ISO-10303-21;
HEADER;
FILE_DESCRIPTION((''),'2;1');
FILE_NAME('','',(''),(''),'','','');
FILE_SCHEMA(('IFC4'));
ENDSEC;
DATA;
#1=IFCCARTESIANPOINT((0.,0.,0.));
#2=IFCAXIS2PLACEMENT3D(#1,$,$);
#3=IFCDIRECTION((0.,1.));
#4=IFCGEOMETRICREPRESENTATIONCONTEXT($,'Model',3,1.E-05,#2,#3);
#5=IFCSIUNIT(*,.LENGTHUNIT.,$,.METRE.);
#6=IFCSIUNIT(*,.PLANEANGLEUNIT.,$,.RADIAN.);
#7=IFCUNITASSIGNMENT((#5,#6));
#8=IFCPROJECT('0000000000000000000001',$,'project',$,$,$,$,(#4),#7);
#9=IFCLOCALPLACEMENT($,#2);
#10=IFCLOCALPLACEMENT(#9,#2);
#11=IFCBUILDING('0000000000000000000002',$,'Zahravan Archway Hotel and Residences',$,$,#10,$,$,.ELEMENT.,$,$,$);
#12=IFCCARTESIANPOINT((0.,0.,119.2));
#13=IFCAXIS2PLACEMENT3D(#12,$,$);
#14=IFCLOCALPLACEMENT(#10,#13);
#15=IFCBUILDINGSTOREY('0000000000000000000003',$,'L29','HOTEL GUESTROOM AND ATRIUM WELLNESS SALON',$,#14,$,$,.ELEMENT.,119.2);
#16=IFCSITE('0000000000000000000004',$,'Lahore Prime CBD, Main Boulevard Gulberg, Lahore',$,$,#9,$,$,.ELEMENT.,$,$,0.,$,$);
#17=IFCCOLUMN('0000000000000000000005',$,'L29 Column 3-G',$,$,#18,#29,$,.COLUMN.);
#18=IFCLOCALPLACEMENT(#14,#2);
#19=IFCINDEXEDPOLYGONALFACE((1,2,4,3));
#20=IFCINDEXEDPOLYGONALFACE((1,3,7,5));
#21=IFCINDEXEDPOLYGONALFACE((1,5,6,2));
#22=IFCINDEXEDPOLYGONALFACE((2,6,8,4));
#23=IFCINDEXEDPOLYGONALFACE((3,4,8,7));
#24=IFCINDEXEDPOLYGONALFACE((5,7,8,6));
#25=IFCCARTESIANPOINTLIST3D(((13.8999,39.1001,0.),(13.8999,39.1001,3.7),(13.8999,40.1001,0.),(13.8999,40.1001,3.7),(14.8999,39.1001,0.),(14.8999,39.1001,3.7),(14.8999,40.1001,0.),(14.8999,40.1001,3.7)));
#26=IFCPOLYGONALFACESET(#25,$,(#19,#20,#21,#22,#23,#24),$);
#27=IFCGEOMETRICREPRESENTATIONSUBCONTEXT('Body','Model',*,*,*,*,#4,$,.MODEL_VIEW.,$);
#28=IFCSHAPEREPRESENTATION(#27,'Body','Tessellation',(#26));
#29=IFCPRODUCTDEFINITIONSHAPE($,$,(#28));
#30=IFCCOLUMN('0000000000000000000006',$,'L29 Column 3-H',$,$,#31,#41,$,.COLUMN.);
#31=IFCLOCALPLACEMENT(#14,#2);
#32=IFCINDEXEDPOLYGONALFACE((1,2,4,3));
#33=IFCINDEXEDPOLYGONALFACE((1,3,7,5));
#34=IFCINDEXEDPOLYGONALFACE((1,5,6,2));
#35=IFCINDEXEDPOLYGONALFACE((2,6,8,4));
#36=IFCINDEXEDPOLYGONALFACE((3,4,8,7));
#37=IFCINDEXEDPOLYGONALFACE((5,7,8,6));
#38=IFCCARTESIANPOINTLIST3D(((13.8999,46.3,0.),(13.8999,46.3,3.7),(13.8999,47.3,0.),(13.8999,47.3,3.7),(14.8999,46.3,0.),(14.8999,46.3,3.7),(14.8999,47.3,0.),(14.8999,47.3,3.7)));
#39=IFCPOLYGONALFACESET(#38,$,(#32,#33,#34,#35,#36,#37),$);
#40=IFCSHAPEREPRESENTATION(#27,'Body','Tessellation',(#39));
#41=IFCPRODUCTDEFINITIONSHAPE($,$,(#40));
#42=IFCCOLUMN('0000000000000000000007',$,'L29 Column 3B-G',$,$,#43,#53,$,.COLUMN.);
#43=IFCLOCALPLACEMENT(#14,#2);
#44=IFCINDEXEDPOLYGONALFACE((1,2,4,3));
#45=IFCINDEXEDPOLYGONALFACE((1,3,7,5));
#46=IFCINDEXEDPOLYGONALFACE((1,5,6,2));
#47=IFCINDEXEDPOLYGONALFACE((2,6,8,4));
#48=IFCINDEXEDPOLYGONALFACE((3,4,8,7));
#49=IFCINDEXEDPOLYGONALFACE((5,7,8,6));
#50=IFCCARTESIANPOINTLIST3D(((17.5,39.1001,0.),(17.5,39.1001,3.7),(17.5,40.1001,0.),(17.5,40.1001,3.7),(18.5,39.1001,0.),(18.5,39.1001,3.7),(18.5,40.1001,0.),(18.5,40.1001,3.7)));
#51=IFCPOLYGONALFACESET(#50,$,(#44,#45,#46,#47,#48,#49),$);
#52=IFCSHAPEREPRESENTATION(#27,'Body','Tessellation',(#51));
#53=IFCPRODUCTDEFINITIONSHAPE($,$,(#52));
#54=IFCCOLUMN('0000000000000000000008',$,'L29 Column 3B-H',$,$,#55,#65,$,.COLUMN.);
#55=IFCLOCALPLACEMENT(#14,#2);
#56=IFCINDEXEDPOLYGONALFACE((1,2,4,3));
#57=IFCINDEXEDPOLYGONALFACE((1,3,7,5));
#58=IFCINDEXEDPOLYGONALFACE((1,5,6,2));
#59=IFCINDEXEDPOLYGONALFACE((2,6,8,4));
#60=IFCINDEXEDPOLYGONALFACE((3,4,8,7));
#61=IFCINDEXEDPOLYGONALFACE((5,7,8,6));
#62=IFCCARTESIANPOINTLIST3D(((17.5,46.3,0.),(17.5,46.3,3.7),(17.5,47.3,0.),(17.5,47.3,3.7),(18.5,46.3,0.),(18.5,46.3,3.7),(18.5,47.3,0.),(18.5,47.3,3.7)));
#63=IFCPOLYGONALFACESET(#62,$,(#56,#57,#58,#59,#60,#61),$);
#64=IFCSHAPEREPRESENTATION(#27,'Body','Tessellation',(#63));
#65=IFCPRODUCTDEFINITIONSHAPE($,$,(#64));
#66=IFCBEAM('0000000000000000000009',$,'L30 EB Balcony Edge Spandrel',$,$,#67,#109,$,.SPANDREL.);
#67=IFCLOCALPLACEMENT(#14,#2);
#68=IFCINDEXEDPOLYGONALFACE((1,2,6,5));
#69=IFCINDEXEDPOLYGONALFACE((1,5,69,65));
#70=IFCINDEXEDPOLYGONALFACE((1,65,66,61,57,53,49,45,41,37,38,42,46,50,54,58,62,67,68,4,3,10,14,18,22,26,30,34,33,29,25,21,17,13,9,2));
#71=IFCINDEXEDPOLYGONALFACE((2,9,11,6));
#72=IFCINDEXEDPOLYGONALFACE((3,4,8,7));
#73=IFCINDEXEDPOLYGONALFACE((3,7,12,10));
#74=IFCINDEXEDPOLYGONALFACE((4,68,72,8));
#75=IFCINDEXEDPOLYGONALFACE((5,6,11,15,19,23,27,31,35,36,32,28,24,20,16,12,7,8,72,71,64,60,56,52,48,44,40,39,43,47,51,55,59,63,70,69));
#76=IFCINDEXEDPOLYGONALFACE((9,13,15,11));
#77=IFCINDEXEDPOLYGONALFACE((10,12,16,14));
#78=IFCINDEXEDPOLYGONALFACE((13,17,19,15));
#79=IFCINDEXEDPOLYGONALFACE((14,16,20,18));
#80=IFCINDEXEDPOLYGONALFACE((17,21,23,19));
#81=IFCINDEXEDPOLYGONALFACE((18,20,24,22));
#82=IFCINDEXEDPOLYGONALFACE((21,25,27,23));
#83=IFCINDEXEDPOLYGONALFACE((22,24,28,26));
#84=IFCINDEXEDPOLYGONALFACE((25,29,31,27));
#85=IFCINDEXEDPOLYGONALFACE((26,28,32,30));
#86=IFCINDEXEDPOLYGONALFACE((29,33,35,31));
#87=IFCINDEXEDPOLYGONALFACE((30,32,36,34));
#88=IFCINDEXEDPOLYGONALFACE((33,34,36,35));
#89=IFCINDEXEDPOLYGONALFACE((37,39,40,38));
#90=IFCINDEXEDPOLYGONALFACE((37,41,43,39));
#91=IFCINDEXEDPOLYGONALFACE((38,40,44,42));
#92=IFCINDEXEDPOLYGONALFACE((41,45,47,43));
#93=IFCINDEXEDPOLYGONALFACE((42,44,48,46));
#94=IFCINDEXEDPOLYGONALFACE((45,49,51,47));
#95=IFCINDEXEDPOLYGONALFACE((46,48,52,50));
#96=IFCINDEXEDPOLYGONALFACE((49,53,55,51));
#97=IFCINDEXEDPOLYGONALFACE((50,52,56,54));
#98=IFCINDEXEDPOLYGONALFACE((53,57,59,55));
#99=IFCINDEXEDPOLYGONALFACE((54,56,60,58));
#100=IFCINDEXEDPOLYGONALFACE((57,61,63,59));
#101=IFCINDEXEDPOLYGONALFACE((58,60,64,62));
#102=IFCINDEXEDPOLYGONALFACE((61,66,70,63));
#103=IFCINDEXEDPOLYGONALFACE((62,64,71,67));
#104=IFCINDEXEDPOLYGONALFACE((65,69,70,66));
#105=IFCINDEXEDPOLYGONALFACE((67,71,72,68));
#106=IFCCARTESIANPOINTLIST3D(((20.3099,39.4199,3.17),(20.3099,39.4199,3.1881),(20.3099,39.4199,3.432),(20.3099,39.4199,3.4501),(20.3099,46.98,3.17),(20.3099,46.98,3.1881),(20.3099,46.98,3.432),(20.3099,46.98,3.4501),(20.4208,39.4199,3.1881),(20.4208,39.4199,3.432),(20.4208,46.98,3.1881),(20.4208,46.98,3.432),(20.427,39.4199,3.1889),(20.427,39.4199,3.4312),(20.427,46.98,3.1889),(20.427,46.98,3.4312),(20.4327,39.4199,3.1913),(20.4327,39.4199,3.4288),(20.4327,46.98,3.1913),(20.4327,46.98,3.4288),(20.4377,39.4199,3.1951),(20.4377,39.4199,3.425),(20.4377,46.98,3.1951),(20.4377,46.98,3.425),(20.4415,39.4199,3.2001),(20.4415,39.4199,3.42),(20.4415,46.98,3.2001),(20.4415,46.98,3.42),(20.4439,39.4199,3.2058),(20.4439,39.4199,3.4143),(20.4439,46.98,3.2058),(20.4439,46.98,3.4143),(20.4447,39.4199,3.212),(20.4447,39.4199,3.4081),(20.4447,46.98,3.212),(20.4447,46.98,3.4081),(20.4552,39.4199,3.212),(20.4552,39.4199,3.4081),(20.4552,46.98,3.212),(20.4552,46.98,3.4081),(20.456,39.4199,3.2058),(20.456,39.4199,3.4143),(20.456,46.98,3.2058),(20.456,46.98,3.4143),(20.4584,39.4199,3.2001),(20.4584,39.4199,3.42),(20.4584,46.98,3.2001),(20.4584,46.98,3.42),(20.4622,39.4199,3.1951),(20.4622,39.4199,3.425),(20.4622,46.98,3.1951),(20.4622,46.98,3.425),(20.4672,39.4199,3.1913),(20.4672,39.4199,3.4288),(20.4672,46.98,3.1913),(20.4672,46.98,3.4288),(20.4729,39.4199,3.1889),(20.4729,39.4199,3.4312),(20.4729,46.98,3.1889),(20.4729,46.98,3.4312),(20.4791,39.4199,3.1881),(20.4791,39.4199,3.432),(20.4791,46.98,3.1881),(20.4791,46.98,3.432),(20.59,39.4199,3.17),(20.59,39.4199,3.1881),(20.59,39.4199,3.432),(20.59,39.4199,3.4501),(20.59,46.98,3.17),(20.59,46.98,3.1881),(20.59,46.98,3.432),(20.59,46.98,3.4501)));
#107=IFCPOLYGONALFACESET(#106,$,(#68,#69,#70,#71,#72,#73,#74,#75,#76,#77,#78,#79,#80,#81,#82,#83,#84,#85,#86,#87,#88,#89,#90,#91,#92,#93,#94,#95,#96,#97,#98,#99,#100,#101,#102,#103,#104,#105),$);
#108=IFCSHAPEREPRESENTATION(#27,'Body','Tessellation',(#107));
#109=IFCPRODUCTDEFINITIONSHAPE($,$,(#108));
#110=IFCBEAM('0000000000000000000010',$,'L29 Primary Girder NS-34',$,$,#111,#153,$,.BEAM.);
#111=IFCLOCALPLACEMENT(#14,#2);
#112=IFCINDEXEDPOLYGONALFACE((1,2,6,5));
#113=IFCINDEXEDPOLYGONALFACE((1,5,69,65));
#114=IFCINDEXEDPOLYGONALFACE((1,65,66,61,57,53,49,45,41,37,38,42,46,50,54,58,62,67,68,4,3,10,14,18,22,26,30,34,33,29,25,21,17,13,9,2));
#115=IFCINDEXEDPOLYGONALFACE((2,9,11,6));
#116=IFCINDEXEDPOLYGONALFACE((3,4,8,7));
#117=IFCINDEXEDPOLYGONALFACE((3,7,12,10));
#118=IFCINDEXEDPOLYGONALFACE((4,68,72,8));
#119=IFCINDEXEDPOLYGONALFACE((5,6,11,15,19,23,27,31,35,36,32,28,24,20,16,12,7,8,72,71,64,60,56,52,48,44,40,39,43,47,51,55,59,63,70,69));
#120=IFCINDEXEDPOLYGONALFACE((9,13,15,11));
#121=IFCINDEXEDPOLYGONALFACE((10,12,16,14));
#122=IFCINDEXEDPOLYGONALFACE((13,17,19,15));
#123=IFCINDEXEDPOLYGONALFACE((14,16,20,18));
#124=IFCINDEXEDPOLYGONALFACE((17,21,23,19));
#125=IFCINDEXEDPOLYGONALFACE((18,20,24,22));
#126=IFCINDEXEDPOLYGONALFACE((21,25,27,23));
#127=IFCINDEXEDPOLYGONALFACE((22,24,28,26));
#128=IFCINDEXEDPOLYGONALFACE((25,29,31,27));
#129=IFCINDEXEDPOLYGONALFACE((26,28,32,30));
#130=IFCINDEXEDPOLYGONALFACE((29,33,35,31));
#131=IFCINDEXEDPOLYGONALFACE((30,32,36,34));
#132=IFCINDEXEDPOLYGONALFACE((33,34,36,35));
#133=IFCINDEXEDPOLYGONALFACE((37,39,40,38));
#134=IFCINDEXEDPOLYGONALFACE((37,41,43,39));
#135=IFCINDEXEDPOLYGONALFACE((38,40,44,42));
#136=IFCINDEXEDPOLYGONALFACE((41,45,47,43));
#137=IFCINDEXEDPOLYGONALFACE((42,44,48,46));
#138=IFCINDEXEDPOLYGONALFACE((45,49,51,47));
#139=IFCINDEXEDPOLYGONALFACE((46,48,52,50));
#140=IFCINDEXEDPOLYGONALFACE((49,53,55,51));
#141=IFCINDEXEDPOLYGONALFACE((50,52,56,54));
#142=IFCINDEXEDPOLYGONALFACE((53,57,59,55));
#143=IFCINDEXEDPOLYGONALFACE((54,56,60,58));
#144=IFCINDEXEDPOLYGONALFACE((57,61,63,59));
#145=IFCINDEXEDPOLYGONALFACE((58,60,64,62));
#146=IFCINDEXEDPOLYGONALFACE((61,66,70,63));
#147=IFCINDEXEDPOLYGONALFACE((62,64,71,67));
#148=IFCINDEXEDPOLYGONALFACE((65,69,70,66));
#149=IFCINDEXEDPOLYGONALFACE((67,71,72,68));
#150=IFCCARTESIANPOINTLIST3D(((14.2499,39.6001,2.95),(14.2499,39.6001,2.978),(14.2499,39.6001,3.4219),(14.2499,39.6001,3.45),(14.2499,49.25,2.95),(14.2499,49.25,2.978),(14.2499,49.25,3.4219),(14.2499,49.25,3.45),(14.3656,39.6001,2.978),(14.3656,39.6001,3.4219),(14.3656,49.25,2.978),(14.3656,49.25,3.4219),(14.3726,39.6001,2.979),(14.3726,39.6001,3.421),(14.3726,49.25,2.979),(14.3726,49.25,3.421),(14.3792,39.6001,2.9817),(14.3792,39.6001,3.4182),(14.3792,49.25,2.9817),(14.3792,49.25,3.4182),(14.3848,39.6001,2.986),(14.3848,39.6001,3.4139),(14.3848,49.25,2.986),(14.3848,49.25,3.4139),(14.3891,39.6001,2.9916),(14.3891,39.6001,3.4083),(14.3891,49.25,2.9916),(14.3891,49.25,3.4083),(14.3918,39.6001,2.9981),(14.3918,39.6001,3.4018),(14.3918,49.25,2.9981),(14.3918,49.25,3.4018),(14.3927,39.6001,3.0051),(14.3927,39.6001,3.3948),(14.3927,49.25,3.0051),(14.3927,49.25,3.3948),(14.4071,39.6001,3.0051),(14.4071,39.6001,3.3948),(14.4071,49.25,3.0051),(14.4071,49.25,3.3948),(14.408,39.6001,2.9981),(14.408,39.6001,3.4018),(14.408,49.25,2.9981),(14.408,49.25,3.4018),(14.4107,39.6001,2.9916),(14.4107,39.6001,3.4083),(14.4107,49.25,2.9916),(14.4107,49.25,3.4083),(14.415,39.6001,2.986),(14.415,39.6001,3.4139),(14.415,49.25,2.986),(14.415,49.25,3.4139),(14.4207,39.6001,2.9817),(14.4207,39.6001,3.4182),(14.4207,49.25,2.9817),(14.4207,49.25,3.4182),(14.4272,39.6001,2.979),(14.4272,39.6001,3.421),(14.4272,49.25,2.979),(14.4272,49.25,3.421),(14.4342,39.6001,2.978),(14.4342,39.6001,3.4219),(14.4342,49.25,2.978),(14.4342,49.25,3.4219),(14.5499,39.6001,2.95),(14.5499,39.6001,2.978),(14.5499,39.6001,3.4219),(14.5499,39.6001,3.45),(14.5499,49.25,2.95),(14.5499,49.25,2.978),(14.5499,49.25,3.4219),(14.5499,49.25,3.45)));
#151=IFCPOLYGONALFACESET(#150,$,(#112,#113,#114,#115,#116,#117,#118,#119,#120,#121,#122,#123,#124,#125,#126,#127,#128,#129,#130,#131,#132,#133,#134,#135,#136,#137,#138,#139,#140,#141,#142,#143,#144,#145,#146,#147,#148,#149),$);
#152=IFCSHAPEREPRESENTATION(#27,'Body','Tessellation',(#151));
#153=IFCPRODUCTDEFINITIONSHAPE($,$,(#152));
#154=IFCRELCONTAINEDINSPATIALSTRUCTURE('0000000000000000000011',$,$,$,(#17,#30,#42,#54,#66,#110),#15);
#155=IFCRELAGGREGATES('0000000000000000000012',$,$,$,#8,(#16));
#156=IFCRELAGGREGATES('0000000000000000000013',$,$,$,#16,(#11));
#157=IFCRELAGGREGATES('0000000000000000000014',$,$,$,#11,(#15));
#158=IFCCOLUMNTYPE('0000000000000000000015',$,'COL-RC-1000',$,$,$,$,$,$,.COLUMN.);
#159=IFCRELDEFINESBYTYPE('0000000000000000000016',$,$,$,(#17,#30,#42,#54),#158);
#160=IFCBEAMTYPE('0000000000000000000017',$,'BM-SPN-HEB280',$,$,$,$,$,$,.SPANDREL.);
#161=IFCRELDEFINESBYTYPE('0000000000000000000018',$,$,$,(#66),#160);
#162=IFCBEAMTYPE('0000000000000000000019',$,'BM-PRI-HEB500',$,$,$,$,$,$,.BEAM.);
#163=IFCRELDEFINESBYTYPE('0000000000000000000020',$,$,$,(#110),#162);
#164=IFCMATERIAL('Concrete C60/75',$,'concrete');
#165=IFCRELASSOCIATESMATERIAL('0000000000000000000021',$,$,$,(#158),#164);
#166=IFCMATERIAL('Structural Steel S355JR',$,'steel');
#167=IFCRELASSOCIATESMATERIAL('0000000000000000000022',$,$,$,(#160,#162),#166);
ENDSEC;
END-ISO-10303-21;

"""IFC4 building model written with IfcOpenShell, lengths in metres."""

from ifc_helpers import new_model, si_unit, direction, frame, origin, origin_2d, place, context, subcontext, project, spatial, rectangle, i_section, extrude, source, transform, mapped, material, material_profile, profile_set, type_object, type_shapes, element, save


model = new_model("IFC4")

# Units and contexts
model_context = context("Model", 3, precision=1e-05, world=origin(), true_north=direction((0.0, 1.0)))
body_context = subcontext(model_context, "Body", "Model", "MODEL_VIEW")
ifc_project = project(units=[si_unit("LENGTHUNIT", "METRE"), si_unit("PLANEANGLEUNIT", "RADIAN")], contexts=[model_context])

# Site, building, storey
site_placement = place(None, origin())
site = spatial("IfcSite", under=ifc_project, at=site_placement, Name="Lahore Prime CBD, Main Boulevard Gulberg, Lahore", CompositionType="ELEMENT", RefElevation=0.0)
building_placement = place(site_placement, origin())
building = spatial("IfcBuilding", under=site, at=building_placement, Name="Zahravan Archway Hotel and Residences", CompositionType="ELEMENT")
storey_placement = place(building_placement, frame((0.0, 0.0, 119.2)))
storey = spatial("IfcBuildingStorey", under=building, at=storey_placement, Name="L29", Description="HOTEL GUESTROOM AND ATRIUM WELLNESS SALON", CompositionType="ELEMENT", Elevation=119.2)

# Columns
ifc_material_1 = material(Name="Concrete C60/75", Category="concrete")
ifc_material_profile_1 = material_profile(ifc_material_1, rectangle(XDim=1.0, YDim=1.0, at=origin_2d()), Name="RC-COL-1000x1000", Category="concrete")
ifc_profile_set_1 = profile_set([ifc_material_profile_1], Name="Concrete C60/75")
column_type = type_object("IfcColumnType", Name="COL-RC-1000", PredefinedType="COLUMN", material=ifc_profile_set_1)
shared_shape_1 = source(origin(), body_context, "Body", "SweptSolid", [
    extrude(rectangle(XDim=1.0, YDim=1.0, at=origin_2d()), origin(), (0.0, 0.0, 1.0), 3.7),
])
type_shapes(column_type, [shared_shape_1])
for number, where, z_axis, x_axis, name in (
    (1, (14.3999, 39.6001, 0.0), (0.0, 0.0, 1.0), (1.0, 0.0, 0.0), "L29 Column 3-G"),
    (2, (14.3999, 46.8, 0.0), (0.0, 0.0, 1.0), (1.0, 0.0, 0.0), "L29 Column 3-H"),
    (3, (18.0, 39.6001, 0.0), (0.0, 0.0, 1.0), (1.0, 0.0, 0.0), "L29 Column 3B-G"),
    (4, (18.0, 46.8, 0.0), (0.0, 0.0, 1.0), (1.0, 0.0, 0.0), "L29 Column 3B-H"),
):
    element("IfcColumn", number, at=place(storey_placement, frame(where, z_axis=z_axis, x_axis=x_axis)), inside=storey, type_object=column_type, Name=name, PredefinedType="COLUMN", context=body_context, shape_type="MappedRepresentation", body=[
        mapped(shared_shape_1, transform((0.0, 0.0, 0.0), scale=1.0)),
    ])

# Beams
ifc_material_2 = material(Name="Structural Steel S355JR", Category="steel")
ifc_material_profile_2 = material_profile(ifc_material_2, i_section(OverallWidth=0.28, OverallDepth=0.28, WebThickness=0.0105, FlangeThickness=0.0181, FilletRadius=0.0239, at=origin_2d()), Name="HEB 280", Category="steel")
ifc_profile_set_2 = profile_set([ifc_material_profile_2], Name="Structural Steel S355JR")
beam_type_1 = type_object("IfcBeamType", Name="BM-SPN-HEB280", PredefinedType="SPANDREL", material=ifc_profile_set_2)
shared_shape_2 = source(origin(), body_context, "Body", "SweptSolid", [
    extrude(i_section(OverallWidth=0.28, OverallDepth=0.28, WebThickness=0.0105, FlangeThickness=0.0181, FilletRadius=0.0239, at=origin_2d()), origin(), (0.0, 0.0, 1.0), 7.5601),
])
type_shapes(beam_type_1, [shared_shape_2])
beam_1_placement = place(storey_placement, frame((20.45, 39.4199, 3.3101), z_axis=(0.0, 1.0, 0.0), x_axis=(-1.0, 0.0, 0.0)))
element("IfcBeam", 5, at=beam_1_placement, inside=storey, type_object=beam_type_1, Name="L30 EB Balcony Edge Spandrel", PredefinedType="SPANDREL", context=body_context, shape_type="MappedRepresentation", body=[
    mapped(shared_shape_2, transform((0.0, 0.0, 0.0), scale=1.0)),
])
ifc_material_profile_3 = material_profile(ifc_material_2, i_section(OverallWidth=0.3, OverallDepth=0.5, WebThickness=0.0144, FlangeThickness=0.0281, FilletRadius=0.0271, at=origin_2d()), Name="HEB 500", Category="steel")
ifc_profile_set_3 = profile_set([ifc_material_profile_3], Name="Structural Steel S355JR")
beam_type_2 = type_object("IfcBeamType", Name="BM-PRI-HEB500", PredefinedType="BEAM", material=ifc_profile_set_3)
shared_shape_3 = source(origin(), body_context, "Body", "SweptSolid", [
    extrude(i_section(OverallWidth=0.3, OverallDepth=0.5, WebThickness=0.0144, FlangeThickness=0.0281, FilletRadius=0.0271, at=origin_2d()), origin(), (0.0, 0.0, 1.0), 9.6499),
])
beam_2_placement = place(storey_placement, frame((14.3999, 39.6001, 3.2), z_axis=(0.0, 1.0, 0.0), x_axis=(-1.0, 0.0, 0.0)))
element("IfcBeam", 6, at=beam_2_placement, inside=storey, type_object=beam_type_2, Name="L29 Primary Girder NS-34", PredefinedType="BEAM", context=body_context, shape_type="MappedRepresentation", body=[
    mapped(shared_shape_3, transform((0.0, 0.0, 0.0), scale=1.0)),
])

save(model, "model.ifc")
